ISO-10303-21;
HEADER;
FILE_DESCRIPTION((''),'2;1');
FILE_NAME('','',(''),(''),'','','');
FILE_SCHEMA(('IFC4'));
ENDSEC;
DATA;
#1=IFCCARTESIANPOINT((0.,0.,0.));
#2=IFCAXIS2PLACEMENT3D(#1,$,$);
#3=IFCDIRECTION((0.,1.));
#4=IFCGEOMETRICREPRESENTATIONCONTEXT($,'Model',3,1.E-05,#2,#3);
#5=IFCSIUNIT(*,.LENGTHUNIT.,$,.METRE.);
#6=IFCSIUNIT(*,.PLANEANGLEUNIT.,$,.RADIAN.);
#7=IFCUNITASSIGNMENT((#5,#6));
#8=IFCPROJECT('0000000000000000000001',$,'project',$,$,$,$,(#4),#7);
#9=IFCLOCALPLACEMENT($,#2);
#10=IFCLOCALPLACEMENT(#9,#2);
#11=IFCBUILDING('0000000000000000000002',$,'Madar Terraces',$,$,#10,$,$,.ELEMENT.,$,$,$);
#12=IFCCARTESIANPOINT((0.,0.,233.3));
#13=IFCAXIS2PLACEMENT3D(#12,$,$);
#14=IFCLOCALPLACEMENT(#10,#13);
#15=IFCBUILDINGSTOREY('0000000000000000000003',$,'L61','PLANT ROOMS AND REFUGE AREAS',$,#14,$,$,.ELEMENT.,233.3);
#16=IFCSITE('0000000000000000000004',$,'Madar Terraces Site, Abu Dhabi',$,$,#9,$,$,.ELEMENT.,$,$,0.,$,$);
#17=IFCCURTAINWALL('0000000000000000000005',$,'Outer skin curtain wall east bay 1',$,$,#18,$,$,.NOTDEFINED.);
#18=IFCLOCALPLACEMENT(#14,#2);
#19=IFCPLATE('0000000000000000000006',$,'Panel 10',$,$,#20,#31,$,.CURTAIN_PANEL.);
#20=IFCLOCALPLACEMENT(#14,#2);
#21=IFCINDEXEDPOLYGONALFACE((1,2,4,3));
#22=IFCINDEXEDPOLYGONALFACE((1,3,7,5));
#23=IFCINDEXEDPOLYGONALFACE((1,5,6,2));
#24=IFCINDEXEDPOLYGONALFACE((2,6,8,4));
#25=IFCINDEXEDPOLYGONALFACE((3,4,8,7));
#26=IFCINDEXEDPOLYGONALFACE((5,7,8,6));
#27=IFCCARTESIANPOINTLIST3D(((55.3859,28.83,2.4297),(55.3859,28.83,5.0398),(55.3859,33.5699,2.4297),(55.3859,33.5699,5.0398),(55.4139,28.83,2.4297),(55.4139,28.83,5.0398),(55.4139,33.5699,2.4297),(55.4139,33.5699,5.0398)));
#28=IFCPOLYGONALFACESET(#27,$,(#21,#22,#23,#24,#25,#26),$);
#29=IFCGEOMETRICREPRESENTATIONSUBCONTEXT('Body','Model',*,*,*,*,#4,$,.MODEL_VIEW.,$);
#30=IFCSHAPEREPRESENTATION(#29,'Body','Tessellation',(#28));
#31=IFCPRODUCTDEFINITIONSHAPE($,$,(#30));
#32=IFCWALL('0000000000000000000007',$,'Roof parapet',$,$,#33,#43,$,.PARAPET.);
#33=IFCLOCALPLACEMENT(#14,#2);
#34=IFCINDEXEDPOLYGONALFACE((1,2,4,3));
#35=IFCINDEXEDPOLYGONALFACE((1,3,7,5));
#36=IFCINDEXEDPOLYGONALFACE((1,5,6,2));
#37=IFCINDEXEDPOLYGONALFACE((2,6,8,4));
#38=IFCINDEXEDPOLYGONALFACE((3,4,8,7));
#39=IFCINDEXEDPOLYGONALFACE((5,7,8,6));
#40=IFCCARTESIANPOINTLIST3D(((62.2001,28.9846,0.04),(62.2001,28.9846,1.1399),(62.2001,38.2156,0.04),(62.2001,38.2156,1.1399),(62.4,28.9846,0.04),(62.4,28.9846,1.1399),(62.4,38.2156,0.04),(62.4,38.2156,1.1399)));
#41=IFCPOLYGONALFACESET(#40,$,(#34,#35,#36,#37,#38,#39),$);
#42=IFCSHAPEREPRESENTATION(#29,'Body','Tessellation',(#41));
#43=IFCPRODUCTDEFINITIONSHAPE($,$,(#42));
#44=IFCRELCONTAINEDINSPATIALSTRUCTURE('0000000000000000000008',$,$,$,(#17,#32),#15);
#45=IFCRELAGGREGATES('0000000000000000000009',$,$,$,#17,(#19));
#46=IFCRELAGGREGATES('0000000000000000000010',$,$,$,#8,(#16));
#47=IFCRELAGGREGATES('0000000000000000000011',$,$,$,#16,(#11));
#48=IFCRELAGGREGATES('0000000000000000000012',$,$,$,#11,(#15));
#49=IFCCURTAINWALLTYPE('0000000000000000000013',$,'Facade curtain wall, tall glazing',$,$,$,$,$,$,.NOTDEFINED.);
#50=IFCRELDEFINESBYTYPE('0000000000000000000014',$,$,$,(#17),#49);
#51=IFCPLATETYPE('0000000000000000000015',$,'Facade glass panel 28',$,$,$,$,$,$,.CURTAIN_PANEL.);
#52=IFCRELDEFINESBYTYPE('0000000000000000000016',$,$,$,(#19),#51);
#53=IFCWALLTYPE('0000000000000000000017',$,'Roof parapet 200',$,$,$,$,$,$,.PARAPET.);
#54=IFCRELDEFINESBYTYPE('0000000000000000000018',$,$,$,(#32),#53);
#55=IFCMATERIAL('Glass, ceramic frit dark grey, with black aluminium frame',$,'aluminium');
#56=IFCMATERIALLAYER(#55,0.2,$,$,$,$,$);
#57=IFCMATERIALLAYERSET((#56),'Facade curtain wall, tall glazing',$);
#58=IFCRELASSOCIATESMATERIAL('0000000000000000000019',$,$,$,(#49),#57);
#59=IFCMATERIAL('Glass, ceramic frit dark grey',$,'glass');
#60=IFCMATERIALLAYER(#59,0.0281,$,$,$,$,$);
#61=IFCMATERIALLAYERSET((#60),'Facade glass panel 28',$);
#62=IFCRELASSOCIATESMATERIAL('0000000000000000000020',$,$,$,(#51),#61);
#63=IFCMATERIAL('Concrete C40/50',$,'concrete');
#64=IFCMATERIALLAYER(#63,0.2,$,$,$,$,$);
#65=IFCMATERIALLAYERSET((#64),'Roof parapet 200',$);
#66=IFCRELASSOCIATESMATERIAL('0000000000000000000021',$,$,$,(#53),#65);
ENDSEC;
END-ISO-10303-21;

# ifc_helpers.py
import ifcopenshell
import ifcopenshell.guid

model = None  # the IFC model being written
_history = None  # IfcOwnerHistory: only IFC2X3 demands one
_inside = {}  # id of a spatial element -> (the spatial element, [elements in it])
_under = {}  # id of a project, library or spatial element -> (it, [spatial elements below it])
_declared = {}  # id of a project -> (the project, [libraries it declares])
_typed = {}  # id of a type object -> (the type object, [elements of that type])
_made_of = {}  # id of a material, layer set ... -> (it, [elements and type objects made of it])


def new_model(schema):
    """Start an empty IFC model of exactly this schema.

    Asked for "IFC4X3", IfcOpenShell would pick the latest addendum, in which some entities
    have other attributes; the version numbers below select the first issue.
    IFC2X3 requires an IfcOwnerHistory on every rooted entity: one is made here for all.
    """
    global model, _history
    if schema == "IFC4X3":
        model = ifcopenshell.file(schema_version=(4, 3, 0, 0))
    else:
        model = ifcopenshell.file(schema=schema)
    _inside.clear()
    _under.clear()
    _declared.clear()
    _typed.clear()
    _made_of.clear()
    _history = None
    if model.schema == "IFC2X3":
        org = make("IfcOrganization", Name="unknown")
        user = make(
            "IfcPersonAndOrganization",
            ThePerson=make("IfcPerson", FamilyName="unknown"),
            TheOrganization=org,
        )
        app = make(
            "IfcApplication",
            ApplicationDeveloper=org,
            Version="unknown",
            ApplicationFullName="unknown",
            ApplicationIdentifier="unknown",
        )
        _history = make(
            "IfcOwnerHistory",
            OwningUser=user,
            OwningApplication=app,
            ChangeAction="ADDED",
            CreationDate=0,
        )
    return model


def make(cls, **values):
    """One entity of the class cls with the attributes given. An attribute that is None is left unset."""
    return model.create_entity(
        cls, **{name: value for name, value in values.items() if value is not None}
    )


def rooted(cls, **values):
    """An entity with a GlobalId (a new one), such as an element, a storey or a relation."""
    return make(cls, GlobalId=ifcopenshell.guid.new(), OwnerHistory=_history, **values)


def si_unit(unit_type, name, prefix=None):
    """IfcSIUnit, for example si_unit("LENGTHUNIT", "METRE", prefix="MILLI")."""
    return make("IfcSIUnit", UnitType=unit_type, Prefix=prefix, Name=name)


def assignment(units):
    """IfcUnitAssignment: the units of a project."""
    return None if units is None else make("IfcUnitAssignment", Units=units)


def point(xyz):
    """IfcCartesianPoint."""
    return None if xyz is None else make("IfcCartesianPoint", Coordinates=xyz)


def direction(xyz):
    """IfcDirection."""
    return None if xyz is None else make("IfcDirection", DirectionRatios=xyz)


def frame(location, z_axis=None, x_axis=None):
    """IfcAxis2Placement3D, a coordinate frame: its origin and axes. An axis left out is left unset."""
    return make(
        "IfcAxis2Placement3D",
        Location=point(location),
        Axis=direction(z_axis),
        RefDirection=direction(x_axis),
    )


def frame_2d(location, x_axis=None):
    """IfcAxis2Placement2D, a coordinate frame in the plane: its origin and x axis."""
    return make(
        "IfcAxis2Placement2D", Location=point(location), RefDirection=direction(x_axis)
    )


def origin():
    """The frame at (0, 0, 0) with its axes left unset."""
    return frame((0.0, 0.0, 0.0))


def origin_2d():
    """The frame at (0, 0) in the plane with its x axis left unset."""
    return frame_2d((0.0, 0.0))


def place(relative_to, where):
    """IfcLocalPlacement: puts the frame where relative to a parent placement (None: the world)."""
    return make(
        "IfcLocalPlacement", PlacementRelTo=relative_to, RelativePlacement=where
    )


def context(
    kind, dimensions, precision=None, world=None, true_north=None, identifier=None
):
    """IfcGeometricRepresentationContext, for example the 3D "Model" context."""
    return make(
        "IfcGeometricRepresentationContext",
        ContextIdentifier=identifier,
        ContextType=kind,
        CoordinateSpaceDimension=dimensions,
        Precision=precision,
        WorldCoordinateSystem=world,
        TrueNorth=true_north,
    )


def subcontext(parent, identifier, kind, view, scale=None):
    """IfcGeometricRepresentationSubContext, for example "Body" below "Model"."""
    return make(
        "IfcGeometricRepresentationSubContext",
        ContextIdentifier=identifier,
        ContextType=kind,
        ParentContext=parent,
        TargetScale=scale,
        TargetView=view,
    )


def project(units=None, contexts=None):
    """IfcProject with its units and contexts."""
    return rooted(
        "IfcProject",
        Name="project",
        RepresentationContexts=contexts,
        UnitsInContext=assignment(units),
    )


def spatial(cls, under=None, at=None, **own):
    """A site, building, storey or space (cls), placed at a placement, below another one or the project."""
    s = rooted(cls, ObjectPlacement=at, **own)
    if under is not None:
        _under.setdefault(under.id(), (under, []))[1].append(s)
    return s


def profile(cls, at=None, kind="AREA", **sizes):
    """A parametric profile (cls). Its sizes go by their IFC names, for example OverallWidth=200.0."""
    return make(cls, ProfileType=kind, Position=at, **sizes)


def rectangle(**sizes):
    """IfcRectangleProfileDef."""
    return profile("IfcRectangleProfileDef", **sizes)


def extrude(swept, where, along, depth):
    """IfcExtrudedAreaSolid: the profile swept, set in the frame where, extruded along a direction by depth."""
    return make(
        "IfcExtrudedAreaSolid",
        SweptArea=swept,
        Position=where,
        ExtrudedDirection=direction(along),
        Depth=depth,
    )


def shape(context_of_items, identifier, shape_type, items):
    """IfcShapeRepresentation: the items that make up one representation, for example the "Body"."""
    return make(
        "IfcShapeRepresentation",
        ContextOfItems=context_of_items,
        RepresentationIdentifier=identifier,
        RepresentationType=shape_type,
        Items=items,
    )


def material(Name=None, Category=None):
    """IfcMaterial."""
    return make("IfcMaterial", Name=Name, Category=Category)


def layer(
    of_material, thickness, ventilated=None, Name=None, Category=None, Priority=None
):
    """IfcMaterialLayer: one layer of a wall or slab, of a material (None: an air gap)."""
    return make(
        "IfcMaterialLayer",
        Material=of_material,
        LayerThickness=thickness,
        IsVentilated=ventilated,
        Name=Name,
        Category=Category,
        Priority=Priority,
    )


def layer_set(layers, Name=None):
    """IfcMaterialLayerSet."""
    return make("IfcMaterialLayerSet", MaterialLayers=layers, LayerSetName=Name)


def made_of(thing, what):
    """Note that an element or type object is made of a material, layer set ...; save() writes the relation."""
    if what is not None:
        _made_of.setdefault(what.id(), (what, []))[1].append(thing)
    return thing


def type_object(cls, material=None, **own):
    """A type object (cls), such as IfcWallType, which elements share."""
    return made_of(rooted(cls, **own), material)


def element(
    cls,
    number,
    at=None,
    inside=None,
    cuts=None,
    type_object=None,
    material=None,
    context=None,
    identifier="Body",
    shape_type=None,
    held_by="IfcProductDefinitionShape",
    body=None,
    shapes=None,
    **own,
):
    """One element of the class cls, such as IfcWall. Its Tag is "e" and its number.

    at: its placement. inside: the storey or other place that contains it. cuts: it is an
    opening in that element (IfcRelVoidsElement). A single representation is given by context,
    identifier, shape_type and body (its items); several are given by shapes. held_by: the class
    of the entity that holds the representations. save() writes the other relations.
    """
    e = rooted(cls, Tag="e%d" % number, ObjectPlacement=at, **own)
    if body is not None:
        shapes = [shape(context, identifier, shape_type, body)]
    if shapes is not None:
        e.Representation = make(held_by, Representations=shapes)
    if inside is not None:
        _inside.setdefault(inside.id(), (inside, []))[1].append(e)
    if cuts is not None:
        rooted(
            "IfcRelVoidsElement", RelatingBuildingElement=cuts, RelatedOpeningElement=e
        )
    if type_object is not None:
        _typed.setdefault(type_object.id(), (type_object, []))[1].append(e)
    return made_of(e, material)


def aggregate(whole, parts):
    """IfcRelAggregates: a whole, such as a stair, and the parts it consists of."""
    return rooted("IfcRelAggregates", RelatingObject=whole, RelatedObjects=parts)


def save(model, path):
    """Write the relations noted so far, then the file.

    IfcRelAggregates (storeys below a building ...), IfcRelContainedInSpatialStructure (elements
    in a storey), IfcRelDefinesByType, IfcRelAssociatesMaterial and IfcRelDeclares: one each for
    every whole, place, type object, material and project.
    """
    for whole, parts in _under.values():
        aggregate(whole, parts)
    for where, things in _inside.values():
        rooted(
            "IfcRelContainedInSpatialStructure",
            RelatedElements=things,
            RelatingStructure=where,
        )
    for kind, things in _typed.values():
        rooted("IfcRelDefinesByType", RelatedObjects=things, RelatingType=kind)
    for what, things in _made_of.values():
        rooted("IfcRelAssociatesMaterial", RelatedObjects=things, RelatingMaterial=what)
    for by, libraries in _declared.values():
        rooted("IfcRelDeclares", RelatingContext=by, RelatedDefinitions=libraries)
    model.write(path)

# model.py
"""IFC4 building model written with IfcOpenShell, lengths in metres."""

from ifc_helpers import new_model, si_unit, direction, frame, frame_2d, origin, origin_2d, place, context, subcontext, project, spatial, rectangle, extrude, material, layer, layer_set, type_object, element, aggregate, save


model = new_model("IFC4")

# Units and contexts
model_context = context("Model", 3, precision=1e-05, world=origin(), true_north=direction((0.0, 1.0)))
body_context = subcontext(model_context, "Body", "Model", "MODEL_VIEW")
ifc_project = project(units=[si_unit("LENGTHUNIT", "METRE"), si_unit("PLANEANGLEUNIT", "RADIAN")], contexts=[model_context])

# Site, building, storey
site_placement = place(None, origin())
site = spatial("IfcSite", under=ifc_project, at=site_placement, Name="Madar Terraces Site, Abu Dhabi", CompositionType="ELEMENT", RefElevation=0.0)
building_placement = place(site_placement, origin())
building = spatial("IfcBuilding", under=site, at=building_placement, Name="Madar Terraces", CompositionType="ELEMENT")
storey_placement = place(building_placement, frame((0.0, 0.0, 233.3)))
storey = spatial("IfcBuildingStorey", under=building, at=storey_placement, Name="L61", Description="PLANT ROOMS AND REFUGE AREAS", CompositionType="ELEMENT", Elevation=233.3)

# Curtain wall
ifc_material_1 = material(Name="Glass, ceramic frit dark grey, with black aluminium frame", Category="aluminium")
ifc_layer_1 = layer(ifc_material_1, 0.2)
ifc_layer_set_1 = layer_set([ifc_layer_1], Name="Facade curtain wall, tall glazing")
curtain_wall_type = type_object("IfcCurtainWallType", Name="Facade curtain wall, tall glazing", PredefinedType="NOTDEFINED", material=ifc_layer_set_1)
curtain_wall_placement = place(storey_placement, origin())
curtain_wall = element("IfcCurtainWall", 1, at=curtain_wall_placement, inside=storey, type_object=curtain_wall_type, Name="Outer skin curtain wall east bay 1", PredefinedType="NOTDEFINED")

# Plate
ifc_material_2 = material(Name="Glass, ceramic frit dark grey", Category="glass")
ifc_layer_2 = layer(ifc_material_2, 0.0281)
ifc_layer_set_2 = layer_set([ifc_layer_2], Name="Facade glass panel 28")
plate_type = type_object("IfcPlateType", Name="Facade glass panel 28", PredefinedType="CURTAIN_PANEL", material=ifc_layer_set_2)
plate_1_placement = place(storey_placement, frame((55.3999, 31.2, 2.4297), z_axis=(0.0, 0.0, 1.0), x_axis=(0.0, 1.0, 0.0)))
plate_1 = element("IfcPlate", 2, at=plate_1_placement, type_object=plate_type, Name="Panel 10", PredefinedType="CURTAIN_PANEL", context=body_context, shape_type="SweptSolid", body=[
    extrude(rectangle(XDim=4.74, YDim=0.0281, at=origin_2d()), origin(), (0.0, 0.0, 1.0), 2.6101),
])
aggregate(curtain_wall, [plate_1])

# Wall
ifc_material_3 = material(Name="Concrete C40/50", Category="concrete")
ifc_layer_3 = layer(ifc_material_3, 0.2)
ifc_layer_set_3 = layer_set([ifc_layer_3], Name="Roof parapet 200")
wall_type = type_object("IfcWallType", Name="Roof parapet 200", PredefinedType="PARAPET", material=ifc_layer_set_3)
wall_placement = place(storey_placement, frame((62.3, 28.9846, 0.04), z_axis=(0.0, 0.0, 1.0), x_axis=(0.0, 1.0, 0.0)))
element("IfcWall", 3, at=wall_placement, inside=storey, type_object=wall_type, Name="Roof parapet", PredefinedType="PARAPET", context=body_context, shape_type="SweptSolid", body=[
    extrude(rectangle(XDim=9.231, YDim=0.2, at=frame_2d((4.6155, 0.0))), origin(), (0.0, 0.0, 1.0), 1.0999),
])

save(model, "model.ifc")
